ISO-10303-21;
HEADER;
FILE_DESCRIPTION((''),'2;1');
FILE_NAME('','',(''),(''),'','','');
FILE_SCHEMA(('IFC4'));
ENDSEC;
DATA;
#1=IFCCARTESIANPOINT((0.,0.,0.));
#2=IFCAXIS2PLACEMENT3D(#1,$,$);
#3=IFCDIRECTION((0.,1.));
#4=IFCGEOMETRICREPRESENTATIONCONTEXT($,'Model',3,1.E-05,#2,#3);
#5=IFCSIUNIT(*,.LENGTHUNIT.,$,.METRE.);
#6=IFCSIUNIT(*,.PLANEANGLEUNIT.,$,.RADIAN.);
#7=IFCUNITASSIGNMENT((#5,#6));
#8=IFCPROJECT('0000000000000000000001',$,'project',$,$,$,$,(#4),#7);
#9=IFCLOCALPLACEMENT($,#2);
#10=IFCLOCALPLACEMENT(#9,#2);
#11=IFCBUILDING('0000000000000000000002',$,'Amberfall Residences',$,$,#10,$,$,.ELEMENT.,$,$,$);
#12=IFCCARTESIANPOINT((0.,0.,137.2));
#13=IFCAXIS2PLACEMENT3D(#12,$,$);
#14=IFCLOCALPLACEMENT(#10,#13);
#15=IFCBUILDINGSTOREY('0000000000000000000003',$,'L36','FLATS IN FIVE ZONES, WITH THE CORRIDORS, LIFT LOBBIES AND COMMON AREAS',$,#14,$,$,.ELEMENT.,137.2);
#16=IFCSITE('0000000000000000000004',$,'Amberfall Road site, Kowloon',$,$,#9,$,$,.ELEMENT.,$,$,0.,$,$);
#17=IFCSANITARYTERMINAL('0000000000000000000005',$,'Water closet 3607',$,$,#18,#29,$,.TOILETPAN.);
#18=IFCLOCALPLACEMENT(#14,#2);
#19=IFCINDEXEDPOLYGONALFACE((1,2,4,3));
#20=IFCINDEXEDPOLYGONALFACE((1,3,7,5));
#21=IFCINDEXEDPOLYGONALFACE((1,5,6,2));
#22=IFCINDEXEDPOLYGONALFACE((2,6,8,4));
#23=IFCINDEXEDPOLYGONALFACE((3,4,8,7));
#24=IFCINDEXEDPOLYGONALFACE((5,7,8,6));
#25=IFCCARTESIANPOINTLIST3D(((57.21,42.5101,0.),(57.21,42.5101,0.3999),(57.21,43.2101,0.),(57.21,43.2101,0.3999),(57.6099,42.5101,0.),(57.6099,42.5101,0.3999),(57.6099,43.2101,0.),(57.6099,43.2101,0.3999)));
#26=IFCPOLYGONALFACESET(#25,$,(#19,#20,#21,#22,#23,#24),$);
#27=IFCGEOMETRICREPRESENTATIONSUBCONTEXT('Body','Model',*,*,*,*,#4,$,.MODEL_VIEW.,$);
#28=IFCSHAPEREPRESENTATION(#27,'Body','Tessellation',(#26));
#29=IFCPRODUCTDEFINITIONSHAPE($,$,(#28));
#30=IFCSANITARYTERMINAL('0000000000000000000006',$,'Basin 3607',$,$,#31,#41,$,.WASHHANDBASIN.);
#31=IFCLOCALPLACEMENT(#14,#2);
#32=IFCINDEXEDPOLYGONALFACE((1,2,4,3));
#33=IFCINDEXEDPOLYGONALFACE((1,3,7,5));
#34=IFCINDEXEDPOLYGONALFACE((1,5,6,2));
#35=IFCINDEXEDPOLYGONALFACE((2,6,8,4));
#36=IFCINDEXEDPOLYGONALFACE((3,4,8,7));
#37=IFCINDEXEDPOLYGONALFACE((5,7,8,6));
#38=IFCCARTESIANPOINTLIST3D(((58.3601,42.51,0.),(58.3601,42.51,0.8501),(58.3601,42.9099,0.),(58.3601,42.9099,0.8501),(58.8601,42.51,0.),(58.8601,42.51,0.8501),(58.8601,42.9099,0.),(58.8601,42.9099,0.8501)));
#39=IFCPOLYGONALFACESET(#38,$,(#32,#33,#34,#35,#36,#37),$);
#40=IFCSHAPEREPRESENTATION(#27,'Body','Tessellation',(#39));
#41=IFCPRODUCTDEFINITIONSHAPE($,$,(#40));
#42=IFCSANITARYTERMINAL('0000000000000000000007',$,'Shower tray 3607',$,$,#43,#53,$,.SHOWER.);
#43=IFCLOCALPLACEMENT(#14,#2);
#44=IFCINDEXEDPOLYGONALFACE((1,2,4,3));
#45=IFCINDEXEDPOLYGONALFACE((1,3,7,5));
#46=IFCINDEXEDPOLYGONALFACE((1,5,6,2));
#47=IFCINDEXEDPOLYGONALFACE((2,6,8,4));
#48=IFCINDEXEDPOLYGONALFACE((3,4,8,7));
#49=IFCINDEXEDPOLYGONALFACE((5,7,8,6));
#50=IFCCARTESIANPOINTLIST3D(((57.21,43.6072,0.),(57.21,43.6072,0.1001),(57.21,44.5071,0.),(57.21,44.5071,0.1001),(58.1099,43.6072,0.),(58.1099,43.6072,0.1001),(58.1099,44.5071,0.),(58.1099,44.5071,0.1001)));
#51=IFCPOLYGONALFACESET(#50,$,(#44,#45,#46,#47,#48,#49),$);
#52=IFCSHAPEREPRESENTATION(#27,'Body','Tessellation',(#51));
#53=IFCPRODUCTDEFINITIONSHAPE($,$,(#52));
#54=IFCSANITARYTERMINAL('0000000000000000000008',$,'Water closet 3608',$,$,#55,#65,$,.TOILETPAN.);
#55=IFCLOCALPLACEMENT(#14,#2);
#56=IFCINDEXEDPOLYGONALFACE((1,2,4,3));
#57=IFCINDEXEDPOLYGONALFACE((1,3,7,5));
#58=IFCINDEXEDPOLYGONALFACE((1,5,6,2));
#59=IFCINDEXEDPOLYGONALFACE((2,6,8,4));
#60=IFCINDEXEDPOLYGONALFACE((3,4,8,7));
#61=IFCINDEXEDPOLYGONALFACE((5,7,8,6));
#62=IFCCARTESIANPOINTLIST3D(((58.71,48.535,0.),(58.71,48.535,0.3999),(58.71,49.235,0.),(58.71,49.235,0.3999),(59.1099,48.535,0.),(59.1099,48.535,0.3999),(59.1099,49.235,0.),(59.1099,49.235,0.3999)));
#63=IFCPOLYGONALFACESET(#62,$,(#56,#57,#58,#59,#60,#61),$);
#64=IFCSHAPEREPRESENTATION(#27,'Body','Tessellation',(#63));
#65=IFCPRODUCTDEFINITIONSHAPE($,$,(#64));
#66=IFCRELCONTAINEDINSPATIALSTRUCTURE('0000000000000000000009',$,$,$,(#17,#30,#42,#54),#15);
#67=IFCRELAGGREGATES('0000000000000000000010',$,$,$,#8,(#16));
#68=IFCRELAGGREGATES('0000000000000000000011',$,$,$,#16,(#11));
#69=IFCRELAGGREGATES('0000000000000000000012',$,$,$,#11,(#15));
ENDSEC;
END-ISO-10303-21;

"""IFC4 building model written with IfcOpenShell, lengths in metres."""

from ifc_helpers import new_model, si_unit, direction, frame, origin, origin_2d, place, context, subcontext, project, spatial, rectangle, extrude, element, save


model = new_model("IFC4")

# Units and contexts
model_context = context("Model", 3, precision=1e-05, world=origin(), true_north=direction((0.0, 1.0)))
body_context = subcontext(model_context, "Body", "Model", "MODEL_VIEW")
ifc_project = project(units=[si_unit("LENGTHUNIT", "METRE"), si_unit("PLANEANGLEUNIT", "RADIAN")], contexts=[model_context])

# Site, building, storey
site_placement = place(None, origin())
site = spatial("IfcSite", under=ifc_project, at=site_placement, Name="Amberfall Road site, Kowloon", CompositionType="ELEMENT", RefElevation=0.0)
building_placement = place(site_placement, origin())
building = spatial("IfcBuilding", under=site, at=building_placement, Name="Amberfall Residences", CompositionType="ELEMENT")
storey_placement = place(building_placement, frame((0.0, 0.0, 137.2)))
storey = spatial("IfcBuildingStorey", under=building, at=storey_placement, Name="L36", Description="FLATS IN FIVE ZONES, WITH THE CORRIDORS, LIFT LOBBIES AND COMMON AREAS", CompositionType="ELEMENT", Elevation=137.2)

# Sanitary terminals
sanitary_terminal_1_placement = place(storey_placement, frame((57.4099, 42.8601, 0.0), z_axis=(0.0, 0.0, 1.0), x_axis=(1.0, 0.0, 0.0)))
element("IfcSanitaryTerminal", 1, at=sanitary_terminal_1_placement, inside=storey, Name="Water closet 3607", PredefinedType="TOILETPAN", context=body_context, shape_type="SweptSolid", body=[
    extrude(rectangle(XDim=0.3999, YDim=0.7, at=origin_2d()), origin(), (0.0, 0.0, 1.0), 0.3999),
])
sanitary_terminal_2_placement = place(storey_placement, frame((58.6101, 42.71, 0.0), z_axis=(0.0, 0.0, 1.0), x_axis=(1.0, 0.0, 0.0)))
element("IfcSanitaryTerminal", 2, at=sanitary_terminal_2_placement, inside=storey, Name="Basin 3607", PredefinedType="WASHHANDBASIN", context=body_context, shape_type="SweptSolid", body=[
    extrude(rectangle(XDim=0.5, YDim=0.3999, at=origin_2d()), origin(), (0.0, 0.0, 1.0), 0.8501),
])
sanitary_terminal_3_placement = place(storey_placement, frame((57.6599, 44.0571, 0.0), z_axis=(0.0, 0.0, 1.0), x_axis=(1.0, 0.0, 0.0)))
element("IfcSanitaryTerminal", 3, at=sanitary_terminal_3_placement, inside=storey, Name="Shower tray 3607", PredefinedType="SHOWER", context=body_context, shape_type="SweptSolid", body=[
    extrude(rectangle(XDim=0.8999, YDim=0.8999, at=origin_2d()), origin(), (0.0, 0.0, 1.0), 0.1001),
])
sanitary_terminal_4_placement = place(storey_placement, frame((58.9099, 48.885, 0.0), z_axis=(0.0, 0.0, 1.0), x_axis=(1.0, 0.0, 0.0)))
element("IfcSanitaryTerminal", 4, at=sanitary_terminal_4_placement, inside=storey, Name="Water closet 3608", PredefinedType="TOILETPAN", context=body_context, shape_type="SweptSolid", body=[
    extrude(rectangle(XDim=0.3999, YDim=0.7, at=origin_2d()), origin(), (0.0, 0.0, 1.0), 0.3999),
])

save(model, "model.ifc")
